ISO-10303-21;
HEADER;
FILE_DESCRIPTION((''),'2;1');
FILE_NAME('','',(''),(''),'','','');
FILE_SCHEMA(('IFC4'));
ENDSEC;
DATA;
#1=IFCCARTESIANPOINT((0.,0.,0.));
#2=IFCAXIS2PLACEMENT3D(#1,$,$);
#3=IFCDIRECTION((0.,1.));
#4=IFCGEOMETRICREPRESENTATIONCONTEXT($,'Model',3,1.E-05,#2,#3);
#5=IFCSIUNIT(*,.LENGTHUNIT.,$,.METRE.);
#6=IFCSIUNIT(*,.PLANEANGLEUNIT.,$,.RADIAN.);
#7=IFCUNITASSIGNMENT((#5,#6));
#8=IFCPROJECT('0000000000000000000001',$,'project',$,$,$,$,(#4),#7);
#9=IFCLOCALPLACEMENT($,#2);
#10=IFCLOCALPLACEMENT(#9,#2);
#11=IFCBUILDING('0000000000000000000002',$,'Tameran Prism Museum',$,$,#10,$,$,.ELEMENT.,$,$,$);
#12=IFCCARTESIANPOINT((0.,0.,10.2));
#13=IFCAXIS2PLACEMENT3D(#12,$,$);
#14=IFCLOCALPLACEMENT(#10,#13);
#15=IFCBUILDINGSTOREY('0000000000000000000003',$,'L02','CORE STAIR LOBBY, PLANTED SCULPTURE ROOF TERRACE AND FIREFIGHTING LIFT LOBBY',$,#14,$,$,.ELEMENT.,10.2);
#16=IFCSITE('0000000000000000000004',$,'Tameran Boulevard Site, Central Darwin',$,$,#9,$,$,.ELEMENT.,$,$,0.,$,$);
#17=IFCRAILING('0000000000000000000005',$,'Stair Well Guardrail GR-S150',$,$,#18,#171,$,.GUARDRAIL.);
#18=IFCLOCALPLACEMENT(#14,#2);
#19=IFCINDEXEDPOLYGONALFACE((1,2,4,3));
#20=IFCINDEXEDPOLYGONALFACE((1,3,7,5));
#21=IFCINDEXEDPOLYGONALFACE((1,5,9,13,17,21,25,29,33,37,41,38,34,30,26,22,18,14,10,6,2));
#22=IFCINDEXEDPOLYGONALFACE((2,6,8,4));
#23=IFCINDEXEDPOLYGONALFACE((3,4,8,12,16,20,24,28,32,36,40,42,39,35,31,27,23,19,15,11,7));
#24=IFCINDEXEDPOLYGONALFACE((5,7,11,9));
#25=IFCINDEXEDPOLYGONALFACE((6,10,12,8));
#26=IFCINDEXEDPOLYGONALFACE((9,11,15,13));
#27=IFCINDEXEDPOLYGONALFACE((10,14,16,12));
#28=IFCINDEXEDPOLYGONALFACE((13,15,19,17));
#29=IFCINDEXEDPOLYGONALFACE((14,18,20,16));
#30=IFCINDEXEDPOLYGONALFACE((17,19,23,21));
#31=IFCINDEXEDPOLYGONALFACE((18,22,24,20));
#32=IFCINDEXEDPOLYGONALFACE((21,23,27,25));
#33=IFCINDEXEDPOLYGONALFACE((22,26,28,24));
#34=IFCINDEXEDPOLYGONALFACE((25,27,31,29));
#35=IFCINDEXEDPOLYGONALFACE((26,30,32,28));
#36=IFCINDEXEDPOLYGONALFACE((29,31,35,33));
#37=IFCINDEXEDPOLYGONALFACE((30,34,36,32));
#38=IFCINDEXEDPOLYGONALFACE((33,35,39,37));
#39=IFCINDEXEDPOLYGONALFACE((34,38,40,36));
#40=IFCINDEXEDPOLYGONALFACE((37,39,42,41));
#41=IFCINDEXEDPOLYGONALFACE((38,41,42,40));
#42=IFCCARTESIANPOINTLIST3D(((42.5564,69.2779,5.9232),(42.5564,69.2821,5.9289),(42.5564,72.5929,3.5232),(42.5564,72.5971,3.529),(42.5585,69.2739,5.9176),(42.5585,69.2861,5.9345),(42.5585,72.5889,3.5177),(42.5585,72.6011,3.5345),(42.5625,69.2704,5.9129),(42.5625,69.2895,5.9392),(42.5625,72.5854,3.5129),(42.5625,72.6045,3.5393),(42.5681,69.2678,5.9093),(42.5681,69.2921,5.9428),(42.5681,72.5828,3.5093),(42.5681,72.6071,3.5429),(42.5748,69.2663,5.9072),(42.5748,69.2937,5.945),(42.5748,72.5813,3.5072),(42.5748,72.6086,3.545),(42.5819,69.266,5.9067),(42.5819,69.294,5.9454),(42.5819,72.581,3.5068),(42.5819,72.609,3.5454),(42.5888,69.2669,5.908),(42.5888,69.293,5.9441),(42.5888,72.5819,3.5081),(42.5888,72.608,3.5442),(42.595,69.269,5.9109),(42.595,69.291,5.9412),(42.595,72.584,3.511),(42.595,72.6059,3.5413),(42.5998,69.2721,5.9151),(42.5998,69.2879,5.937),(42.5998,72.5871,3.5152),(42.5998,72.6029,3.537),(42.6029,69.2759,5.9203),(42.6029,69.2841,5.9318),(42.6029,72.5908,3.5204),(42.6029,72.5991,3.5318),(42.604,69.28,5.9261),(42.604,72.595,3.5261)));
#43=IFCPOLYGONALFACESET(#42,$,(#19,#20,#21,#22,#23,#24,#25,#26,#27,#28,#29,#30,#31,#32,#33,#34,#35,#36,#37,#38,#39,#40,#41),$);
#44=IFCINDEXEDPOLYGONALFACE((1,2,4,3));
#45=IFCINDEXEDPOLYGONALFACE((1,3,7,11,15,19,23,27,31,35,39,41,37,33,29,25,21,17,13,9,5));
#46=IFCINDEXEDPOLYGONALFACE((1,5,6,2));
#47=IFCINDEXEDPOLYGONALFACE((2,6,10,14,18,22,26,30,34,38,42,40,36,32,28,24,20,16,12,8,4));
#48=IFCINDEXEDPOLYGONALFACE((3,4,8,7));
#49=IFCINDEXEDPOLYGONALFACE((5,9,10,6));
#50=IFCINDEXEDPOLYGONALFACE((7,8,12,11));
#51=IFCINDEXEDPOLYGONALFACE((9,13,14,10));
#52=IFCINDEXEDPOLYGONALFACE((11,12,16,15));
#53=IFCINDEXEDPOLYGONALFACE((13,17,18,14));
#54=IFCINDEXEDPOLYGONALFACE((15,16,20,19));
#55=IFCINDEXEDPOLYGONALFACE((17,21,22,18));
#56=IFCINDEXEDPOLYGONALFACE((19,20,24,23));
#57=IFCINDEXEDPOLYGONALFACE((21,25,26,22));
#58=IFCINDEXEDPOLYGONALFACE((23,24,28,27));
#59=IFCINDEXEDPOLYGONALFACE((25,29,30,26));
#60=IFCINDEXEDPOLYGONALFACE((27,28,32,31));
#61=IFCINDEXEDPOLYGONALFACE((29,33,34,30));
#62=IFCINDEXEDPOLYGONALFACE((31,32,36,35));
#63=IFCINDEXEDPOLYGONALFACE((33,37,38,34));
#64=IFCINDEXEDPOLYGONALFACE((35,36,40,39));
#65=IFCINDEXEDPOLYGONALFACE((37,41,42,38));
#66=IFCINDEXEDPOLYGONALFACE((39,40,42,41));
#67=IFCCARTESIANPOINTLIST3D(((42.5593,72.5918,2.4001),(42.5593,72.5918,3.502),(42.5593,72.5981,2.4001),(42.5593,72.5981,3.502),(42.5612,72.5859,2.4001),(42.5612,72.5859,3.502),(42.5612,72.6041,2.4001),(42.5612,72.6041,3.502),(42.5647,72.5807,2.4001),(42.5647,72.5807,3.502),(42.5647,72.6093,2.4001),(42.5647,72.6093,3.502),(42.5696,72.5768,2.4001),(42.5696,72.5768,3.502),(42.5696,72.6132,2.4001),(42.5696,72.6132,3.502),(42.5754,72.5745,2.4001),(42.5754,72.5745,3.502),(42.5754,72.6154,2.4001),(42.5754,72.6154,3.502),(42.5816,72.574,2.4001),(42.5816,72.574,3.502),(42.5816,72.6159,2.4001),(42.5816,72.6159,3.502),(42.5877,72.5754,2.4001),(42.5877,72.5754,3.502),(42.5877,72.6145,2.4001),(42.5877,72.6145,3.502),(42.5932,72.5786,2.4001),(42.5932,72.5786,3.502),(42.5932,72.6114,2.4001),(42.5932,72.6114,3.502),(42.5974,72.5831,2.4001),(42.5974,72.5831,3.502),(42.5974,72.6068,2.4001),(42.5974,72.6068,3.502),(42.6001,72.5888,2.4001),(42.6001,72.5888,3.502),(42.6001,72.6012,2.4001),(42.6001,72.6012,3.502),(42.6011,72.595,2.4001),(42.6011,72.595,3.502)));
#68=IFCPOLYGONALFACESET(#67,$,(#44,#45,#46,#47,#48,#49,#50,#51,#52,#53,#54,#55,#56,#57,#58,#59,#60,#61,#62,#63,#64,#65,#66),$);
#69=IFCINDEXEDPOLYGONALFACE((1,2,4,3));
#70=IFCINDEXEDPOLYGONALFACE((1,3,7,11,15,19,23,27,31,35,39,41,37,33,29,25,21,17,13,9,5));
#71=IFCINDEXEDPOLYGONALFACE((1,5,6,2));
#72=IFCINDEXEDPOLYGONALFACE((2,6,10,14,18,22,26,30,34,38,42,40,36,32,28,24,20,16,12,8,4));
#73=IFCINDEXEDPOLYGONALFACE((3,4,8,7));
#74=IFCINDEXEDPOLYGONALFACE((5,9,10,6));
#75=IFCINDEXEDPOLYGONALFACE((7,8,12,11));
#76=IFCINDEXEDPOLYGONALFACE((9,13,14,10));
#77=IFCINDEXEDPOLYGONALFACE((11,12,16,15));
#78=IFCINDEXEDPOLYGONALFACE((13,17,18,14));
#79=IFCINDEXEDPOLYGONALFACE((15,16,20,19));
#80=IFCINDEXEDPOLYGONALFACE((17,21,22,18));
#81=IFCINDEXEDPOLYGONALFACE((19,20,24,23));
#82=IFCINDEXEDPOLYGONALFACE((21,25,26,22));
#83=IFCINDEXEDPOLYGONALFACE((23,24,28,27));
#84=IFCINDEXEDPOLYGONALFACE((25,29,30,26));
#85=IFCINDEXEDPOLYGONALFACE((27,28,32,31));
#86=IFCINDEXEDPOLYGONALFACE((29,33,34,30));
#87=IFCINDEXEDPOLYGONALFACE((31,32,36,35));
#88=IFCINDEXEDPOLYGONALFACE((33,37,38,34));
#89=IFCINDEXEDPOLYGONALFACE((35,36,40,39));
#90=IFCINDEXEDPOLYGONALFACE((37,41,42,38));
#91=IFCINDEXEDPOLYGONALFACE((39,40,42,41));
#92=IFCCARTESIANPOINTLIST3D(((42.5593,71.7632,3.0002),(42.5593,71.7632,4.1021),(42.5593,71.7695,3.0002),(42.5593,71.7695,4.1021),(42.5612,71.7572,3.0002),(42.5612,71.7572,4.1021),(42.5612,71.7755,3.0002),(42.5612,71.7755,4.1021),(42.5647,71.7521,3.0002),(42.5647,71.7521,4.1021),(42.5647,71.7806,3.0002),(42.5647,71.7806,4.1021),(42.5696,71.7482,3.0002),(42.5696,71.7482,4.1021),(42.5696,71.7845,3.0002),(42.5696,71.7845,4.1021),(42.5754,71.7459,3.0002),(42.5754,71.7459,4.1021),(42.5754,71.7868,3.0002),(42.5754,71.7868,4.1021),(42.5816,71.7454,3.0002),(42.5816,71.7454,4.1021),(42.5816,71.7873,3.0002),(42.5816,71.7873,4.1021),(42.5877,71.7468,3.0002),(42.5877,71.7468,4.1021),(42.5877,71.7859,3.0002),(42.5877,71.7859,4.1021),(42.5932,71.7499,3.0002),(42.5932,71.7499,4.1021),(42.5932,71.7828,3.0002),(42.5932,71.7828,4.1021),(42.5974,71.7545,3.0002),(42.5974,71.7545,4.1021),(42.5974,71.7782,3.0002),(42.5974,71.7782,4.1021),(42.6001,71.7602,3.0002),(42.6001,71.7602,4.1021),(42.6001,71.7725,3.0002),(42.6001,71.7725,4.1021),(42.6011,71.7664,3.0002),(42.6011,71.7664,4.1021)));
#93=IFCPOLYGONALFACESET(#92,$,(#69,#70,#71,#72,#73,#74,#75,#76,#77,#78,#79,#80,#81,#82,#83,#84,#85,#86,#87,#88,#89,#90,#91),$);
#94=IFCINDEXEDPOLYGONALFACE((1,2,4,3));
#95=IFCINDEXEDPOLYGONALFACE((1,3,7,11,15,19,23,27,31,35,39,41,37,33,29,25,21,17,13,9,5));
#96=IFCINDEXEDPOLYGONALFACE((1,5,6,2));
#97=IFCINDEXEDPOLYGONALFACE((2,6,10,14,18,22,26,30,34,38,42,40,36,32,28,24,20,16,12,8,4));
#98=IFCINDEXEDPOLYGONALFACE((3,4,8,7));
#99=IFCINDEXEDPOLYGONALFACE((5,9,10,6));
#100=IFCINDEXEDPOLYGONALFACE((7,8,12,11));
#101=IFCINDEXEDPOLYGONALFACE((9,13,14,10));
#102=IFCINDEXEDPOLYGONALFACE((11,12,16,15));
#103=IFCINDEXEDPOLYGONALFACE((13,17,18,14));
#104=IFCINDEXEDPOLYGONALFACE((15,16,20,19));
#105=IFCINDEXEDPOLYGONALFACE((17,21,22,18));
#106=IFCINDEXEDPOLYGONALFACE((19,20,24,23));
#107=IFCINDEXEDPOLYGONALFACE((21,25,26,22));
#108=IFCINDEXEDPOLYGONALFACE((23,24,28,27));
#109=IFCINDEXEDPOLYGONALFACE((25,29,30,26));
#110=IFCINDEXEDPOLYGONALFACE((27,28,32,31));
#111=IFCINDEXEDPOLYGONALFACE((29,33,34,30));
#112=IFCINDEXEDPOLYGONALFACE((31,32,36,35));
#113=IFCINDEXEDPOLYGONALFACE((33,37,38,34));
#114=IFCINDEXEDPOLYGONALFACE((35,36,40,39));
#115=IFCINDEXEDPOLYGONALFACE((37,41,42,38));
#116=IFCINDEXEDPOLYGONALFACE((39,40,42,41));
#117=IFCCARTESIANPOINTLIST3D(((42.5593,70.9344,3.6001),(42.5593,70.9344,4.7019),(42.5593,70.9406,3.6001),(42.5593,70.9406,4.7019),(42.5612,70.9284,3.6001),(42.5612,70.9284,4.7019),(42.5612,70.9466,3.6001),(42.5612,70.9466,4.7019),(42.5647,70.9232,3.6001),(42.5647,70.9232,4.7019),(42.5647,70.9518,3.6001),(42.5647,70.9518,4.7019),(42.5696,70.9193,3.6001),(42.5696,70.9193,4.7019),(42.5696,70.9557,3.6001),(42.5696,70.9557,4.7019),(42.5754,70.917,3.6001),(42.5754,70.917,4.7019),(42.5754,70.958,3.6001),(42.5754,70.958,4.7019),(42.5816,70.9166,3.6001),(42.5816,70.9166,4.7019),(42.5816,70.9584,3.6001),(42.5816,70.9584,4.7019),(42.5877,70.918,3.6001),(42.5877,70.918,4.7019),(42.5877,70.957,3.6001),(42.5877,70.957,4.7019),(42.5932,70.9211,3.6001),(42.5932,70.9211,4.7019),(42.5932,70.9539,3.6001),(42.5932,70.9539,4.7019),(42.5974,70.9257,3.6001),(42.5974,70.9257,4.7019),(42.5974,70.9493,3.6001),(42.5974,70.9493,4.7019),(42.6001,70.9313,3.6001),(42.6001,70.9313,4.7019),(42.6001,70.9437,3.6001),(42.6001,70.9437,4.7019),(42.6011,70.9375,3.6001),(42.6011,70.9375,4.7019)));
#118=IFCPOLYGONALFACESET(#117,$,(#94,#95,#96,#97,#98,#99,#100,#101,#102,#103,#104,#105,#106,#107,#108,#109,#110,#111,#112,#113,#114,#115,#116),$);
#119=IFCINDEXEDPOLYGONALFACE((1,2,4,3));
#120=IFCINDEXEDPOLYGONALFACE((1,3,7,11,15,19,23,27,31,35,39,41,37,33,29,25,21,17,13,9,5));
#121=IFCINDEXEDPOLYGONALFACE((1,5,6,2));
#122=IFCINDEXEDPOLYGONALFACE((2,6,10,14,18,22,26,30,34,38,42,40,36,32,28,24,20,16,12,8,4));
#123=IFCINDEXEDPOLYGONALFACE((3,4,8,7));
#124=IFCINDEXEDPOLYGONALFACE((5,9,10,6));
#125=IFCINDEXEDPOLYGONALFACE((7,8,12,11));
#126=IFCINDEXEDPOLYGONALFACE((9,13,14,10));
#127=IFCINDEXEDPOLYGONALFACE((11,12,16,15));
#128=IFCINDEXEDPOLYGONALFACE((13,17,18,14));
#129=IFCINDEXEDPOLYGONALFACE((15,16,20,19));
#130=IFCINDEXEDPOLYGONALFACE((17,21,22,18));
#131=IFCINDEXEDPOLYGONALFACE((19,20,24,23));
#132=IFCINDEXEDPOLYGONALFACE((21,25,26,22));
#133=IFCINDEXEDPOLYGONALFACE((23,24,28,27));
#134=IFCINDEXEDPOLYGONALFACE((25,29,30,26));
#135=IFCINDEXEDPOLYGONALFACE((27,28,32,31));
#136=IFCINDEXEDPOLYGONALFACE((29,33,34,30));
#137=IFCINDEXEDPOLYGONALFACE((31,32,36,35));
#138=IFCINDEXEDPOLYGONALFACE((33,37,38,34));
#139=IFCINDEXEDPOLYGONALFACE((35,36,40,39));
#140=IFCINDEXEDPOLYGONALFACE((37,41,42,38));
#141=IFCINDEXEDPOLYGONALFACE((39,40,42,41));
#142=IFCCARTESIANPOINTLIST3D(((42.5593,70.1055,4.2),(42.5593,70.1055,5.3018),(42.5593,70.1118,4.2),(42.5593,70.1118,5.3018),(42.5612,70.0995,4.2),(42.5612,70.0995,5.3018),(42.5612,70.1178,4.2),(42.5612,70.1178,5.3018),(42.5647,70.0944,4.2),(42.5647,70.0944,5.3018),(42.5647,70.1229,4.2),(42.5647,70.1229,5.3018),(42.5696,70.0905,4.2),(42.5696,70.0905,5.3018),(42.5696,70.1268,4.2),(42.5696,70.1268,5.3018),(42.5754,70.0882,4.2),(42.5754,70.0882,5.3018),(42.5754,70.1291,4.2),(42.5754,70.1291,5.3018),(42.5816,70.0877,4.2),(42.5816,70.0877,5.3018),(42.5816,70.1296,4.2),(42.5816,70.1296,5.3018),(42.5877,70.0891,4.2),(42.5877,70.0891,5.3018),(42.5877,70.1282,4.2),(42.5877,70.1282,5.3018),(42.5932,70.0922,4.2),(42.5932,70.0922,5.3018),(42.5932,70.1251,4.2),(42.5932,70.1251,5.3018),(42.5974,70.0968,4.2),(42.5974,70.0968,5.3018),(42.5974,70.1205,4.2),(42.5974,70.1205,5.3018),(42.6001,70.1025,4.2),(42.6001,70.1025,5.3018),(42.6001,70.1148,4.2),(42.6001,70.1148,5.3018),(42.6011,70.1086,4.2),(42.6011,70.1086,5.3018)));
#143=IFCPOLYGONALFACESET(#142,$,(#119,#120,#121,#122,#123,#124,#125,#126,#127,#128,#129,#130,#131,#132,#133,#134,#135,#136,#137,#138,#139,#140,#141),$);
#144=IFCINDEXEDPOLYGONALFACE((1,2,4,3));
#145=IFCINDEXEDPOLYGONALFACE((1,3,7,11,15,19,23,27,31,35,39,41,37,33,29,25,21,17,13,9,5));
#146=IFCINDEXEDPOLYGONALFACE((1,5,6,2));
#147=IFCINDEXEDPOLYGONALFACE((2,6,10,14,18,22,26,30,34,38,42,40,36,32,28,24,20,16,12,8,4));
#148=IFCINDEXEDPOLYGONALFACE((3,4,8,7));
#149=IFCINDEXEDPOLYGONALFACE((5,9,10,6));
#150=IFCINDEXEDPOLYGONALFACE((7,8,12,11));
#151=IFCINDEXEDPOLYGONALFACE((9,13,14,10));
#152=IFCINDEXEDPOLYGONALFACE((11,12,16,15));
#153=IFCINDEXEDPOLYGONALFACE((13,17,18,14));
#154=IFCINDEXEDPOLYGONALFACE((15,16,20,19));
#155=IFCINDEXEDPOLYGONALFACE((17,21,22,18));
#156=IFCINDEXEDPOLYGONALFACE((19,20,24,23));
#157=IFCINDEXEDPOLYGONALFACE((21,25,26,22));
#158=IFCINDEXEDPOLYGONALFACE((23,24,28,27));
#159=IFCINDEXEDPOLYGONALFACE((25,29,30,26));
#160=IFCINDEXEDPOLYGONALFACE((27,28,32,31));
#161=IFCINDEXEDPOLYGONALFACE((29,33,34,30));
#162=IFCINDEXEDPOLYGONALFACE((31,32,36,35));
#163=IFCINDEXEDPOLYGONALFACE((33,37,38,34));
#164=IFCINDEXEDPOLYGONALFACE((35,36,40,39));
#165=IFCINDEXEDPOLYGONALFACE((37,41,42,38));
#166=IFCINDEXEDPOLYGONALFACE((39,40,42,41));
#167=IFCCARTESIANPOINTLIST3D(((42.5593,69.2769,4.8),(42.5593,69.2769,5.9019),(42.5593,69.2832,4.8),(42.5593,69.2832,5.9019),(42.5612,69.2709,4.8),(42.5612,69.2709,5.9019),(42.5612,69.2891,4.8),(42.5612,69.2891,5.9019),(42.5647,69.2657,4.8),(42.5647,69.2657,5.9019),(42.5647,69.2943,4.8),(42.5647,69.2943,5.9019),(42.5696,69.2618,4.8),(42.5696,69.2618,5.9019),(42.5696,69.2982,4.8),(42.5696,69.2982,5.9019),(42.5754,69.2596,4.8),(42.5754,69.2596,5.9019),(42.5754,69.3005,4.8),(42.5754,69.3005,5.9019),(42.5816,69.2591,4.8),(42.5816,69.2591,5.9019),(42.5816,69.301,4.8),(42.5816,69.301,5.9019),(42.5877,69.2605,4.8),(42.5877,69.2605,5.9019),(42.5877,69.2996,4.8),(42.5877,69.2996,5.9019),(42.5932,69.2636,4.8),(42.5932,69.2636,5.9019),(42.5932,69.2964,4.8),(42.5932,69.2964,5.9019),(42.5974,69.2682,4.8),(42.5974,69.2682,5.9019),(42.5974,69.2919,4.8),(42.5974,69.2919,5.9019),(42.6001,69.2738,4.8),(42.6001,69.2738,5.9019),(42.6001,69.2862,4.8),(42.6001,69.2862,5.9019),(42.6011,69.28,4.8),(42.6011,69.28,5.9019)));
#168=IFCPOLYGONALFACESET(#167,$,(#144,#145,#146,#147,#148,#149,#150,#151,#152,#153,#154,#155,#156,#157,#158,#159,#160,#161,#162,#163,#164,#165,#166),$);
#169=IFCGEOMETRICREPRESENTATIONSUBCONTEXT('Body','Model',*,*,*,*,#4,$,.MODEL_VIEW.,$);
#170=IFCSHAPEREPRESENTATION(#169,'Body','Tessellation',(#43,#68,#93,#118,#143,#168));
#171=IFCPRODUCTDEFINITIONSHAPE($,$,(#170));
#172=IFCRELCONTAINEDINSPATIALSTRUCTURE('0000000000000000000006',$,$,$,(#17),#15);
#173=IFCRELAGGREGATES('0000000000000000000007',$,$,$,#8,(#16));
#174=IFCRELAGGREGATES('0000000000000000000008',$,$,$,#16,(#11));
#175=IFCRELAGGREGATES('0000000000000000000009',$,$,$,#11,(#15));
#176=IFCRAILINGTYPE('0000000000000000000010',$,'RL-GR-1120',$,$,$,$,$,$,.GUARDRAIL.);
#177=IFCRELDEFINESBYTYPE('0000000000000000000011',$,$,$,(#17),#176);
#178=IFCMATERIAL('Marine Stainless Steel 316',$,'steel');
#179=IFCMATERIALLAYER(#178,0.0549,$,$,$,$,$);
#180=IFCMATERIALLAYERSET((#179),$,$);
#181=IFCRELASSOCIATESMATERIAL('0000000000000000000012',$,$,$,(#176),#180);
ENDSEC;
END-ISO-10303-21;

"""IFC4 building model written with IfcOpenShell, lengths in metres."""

from ifc_helpers import new_model, si_unit, direction, frame, origin, origin_2d, place, context, subcontext, project, spatial, circle, extrude, material, layer, layer_set, type_object, element, save


model = new_model("IFC4")

# Units and contexts
model_context = context("Model", 3, precision=1e-05, world=origin(), true_north=direction((0.0, 1.0)))
body_context = subcontext(model_context, "Body", "Model", "MODEL_VIEW")
ifc_project = project(units=[si_unit("LENGTHUNIT", "METRE"), si_unit("PLANEANGLEUNIT", "RADIAN")], contexts=[model_context])

# Site, building, storey
site_placement = place(None, origin())
site = spatial("IfcSite", under=ifc_project, at=site_placement, Name="Tameran Boulevard Site, Central Darwin", CompositionType="ELEMENT", RefElevation=0.0)
building_placement = place(site_placement, origin())
building = spatial("IfcBuilding", under=site, at=building_placement, Name="Tameran Prism Museum", CompositionType="ELEMENT")
storey_placement = place(building_placement, frame((0.0, 0.0, 10.2)))
storey = spatial("IfcBuildingStorey", under=building, at=storey_placement, Name="L02", Description="CORE STAIR LOBBY, PLANTED SCULPTURE ROOF TERRACE AND FIREFIGHTING LIFT LOBBY", CompositionType="ELEMENT", Elevation=10.2)

# Railing
ifc_material_1 = material(Name="Marine Stainless Steel 316", Category="steel")
ifc_layer_1 = layer(ifc_material_1, 0.0549)
ifc_layer_set_1 = layer_set([ifc_layer_1])
railing_type_1 = type_object("IfcRailingType", Name="RL-GR-1120", PredefinedType="GUARDRAIL", material=ifc_layer_set_1)
railing_1_placement = place(storey_placement, frame((42.5801, 72.595, 2.4001)))
element("IfcRailing", 1, at=railing_1_placement, inside=storey, type_object=railing_type_1, Name="Stair Well Guardrail GR-S150", PredefinedType="GUARDRAIL", context=body_context, shape_type="SweptSolid", body=[
    extrude(circle(Radius=0.0239, at=origin_2d()), frame((0.0, 0.0, 1.126), z_axis=(0.0, -0.810009, 0.586418), x_axis=(1.0, 0.0, 0.0)), (0.0, 0.0, 1.0), 4.0925),
    extrude(circle(Radius=0.021, at=origin_2d()), origin(), (0.0, 0.0, 1.0), 1.1018),
    extrude(circle(Radius=0.021, at=origin_2d()), frame((0.0, -0.8286, 0.6001)), (0.0, 0.0, 1.0), 1.1018),
    extrude(circle(Radius=0.021, at=origin_2d()), frame((0.0, -1.6575, 1.2)), (0.0, 0.0, 1.0), 1.1018),
    extrude(circle(Radius=0.021, at=origin_2d()), frame((0.0, -2.4863, 1.7998)), (0.0, 0.0, 1.0), 1.1018),
    extrude(circle(Radius=0.021, at=origin_2d()), frame((0.0, -3.3149, 2.3999)), (0.0, 0.0, 1.0), 1.1018),
])

save(model, "model.ifc")
